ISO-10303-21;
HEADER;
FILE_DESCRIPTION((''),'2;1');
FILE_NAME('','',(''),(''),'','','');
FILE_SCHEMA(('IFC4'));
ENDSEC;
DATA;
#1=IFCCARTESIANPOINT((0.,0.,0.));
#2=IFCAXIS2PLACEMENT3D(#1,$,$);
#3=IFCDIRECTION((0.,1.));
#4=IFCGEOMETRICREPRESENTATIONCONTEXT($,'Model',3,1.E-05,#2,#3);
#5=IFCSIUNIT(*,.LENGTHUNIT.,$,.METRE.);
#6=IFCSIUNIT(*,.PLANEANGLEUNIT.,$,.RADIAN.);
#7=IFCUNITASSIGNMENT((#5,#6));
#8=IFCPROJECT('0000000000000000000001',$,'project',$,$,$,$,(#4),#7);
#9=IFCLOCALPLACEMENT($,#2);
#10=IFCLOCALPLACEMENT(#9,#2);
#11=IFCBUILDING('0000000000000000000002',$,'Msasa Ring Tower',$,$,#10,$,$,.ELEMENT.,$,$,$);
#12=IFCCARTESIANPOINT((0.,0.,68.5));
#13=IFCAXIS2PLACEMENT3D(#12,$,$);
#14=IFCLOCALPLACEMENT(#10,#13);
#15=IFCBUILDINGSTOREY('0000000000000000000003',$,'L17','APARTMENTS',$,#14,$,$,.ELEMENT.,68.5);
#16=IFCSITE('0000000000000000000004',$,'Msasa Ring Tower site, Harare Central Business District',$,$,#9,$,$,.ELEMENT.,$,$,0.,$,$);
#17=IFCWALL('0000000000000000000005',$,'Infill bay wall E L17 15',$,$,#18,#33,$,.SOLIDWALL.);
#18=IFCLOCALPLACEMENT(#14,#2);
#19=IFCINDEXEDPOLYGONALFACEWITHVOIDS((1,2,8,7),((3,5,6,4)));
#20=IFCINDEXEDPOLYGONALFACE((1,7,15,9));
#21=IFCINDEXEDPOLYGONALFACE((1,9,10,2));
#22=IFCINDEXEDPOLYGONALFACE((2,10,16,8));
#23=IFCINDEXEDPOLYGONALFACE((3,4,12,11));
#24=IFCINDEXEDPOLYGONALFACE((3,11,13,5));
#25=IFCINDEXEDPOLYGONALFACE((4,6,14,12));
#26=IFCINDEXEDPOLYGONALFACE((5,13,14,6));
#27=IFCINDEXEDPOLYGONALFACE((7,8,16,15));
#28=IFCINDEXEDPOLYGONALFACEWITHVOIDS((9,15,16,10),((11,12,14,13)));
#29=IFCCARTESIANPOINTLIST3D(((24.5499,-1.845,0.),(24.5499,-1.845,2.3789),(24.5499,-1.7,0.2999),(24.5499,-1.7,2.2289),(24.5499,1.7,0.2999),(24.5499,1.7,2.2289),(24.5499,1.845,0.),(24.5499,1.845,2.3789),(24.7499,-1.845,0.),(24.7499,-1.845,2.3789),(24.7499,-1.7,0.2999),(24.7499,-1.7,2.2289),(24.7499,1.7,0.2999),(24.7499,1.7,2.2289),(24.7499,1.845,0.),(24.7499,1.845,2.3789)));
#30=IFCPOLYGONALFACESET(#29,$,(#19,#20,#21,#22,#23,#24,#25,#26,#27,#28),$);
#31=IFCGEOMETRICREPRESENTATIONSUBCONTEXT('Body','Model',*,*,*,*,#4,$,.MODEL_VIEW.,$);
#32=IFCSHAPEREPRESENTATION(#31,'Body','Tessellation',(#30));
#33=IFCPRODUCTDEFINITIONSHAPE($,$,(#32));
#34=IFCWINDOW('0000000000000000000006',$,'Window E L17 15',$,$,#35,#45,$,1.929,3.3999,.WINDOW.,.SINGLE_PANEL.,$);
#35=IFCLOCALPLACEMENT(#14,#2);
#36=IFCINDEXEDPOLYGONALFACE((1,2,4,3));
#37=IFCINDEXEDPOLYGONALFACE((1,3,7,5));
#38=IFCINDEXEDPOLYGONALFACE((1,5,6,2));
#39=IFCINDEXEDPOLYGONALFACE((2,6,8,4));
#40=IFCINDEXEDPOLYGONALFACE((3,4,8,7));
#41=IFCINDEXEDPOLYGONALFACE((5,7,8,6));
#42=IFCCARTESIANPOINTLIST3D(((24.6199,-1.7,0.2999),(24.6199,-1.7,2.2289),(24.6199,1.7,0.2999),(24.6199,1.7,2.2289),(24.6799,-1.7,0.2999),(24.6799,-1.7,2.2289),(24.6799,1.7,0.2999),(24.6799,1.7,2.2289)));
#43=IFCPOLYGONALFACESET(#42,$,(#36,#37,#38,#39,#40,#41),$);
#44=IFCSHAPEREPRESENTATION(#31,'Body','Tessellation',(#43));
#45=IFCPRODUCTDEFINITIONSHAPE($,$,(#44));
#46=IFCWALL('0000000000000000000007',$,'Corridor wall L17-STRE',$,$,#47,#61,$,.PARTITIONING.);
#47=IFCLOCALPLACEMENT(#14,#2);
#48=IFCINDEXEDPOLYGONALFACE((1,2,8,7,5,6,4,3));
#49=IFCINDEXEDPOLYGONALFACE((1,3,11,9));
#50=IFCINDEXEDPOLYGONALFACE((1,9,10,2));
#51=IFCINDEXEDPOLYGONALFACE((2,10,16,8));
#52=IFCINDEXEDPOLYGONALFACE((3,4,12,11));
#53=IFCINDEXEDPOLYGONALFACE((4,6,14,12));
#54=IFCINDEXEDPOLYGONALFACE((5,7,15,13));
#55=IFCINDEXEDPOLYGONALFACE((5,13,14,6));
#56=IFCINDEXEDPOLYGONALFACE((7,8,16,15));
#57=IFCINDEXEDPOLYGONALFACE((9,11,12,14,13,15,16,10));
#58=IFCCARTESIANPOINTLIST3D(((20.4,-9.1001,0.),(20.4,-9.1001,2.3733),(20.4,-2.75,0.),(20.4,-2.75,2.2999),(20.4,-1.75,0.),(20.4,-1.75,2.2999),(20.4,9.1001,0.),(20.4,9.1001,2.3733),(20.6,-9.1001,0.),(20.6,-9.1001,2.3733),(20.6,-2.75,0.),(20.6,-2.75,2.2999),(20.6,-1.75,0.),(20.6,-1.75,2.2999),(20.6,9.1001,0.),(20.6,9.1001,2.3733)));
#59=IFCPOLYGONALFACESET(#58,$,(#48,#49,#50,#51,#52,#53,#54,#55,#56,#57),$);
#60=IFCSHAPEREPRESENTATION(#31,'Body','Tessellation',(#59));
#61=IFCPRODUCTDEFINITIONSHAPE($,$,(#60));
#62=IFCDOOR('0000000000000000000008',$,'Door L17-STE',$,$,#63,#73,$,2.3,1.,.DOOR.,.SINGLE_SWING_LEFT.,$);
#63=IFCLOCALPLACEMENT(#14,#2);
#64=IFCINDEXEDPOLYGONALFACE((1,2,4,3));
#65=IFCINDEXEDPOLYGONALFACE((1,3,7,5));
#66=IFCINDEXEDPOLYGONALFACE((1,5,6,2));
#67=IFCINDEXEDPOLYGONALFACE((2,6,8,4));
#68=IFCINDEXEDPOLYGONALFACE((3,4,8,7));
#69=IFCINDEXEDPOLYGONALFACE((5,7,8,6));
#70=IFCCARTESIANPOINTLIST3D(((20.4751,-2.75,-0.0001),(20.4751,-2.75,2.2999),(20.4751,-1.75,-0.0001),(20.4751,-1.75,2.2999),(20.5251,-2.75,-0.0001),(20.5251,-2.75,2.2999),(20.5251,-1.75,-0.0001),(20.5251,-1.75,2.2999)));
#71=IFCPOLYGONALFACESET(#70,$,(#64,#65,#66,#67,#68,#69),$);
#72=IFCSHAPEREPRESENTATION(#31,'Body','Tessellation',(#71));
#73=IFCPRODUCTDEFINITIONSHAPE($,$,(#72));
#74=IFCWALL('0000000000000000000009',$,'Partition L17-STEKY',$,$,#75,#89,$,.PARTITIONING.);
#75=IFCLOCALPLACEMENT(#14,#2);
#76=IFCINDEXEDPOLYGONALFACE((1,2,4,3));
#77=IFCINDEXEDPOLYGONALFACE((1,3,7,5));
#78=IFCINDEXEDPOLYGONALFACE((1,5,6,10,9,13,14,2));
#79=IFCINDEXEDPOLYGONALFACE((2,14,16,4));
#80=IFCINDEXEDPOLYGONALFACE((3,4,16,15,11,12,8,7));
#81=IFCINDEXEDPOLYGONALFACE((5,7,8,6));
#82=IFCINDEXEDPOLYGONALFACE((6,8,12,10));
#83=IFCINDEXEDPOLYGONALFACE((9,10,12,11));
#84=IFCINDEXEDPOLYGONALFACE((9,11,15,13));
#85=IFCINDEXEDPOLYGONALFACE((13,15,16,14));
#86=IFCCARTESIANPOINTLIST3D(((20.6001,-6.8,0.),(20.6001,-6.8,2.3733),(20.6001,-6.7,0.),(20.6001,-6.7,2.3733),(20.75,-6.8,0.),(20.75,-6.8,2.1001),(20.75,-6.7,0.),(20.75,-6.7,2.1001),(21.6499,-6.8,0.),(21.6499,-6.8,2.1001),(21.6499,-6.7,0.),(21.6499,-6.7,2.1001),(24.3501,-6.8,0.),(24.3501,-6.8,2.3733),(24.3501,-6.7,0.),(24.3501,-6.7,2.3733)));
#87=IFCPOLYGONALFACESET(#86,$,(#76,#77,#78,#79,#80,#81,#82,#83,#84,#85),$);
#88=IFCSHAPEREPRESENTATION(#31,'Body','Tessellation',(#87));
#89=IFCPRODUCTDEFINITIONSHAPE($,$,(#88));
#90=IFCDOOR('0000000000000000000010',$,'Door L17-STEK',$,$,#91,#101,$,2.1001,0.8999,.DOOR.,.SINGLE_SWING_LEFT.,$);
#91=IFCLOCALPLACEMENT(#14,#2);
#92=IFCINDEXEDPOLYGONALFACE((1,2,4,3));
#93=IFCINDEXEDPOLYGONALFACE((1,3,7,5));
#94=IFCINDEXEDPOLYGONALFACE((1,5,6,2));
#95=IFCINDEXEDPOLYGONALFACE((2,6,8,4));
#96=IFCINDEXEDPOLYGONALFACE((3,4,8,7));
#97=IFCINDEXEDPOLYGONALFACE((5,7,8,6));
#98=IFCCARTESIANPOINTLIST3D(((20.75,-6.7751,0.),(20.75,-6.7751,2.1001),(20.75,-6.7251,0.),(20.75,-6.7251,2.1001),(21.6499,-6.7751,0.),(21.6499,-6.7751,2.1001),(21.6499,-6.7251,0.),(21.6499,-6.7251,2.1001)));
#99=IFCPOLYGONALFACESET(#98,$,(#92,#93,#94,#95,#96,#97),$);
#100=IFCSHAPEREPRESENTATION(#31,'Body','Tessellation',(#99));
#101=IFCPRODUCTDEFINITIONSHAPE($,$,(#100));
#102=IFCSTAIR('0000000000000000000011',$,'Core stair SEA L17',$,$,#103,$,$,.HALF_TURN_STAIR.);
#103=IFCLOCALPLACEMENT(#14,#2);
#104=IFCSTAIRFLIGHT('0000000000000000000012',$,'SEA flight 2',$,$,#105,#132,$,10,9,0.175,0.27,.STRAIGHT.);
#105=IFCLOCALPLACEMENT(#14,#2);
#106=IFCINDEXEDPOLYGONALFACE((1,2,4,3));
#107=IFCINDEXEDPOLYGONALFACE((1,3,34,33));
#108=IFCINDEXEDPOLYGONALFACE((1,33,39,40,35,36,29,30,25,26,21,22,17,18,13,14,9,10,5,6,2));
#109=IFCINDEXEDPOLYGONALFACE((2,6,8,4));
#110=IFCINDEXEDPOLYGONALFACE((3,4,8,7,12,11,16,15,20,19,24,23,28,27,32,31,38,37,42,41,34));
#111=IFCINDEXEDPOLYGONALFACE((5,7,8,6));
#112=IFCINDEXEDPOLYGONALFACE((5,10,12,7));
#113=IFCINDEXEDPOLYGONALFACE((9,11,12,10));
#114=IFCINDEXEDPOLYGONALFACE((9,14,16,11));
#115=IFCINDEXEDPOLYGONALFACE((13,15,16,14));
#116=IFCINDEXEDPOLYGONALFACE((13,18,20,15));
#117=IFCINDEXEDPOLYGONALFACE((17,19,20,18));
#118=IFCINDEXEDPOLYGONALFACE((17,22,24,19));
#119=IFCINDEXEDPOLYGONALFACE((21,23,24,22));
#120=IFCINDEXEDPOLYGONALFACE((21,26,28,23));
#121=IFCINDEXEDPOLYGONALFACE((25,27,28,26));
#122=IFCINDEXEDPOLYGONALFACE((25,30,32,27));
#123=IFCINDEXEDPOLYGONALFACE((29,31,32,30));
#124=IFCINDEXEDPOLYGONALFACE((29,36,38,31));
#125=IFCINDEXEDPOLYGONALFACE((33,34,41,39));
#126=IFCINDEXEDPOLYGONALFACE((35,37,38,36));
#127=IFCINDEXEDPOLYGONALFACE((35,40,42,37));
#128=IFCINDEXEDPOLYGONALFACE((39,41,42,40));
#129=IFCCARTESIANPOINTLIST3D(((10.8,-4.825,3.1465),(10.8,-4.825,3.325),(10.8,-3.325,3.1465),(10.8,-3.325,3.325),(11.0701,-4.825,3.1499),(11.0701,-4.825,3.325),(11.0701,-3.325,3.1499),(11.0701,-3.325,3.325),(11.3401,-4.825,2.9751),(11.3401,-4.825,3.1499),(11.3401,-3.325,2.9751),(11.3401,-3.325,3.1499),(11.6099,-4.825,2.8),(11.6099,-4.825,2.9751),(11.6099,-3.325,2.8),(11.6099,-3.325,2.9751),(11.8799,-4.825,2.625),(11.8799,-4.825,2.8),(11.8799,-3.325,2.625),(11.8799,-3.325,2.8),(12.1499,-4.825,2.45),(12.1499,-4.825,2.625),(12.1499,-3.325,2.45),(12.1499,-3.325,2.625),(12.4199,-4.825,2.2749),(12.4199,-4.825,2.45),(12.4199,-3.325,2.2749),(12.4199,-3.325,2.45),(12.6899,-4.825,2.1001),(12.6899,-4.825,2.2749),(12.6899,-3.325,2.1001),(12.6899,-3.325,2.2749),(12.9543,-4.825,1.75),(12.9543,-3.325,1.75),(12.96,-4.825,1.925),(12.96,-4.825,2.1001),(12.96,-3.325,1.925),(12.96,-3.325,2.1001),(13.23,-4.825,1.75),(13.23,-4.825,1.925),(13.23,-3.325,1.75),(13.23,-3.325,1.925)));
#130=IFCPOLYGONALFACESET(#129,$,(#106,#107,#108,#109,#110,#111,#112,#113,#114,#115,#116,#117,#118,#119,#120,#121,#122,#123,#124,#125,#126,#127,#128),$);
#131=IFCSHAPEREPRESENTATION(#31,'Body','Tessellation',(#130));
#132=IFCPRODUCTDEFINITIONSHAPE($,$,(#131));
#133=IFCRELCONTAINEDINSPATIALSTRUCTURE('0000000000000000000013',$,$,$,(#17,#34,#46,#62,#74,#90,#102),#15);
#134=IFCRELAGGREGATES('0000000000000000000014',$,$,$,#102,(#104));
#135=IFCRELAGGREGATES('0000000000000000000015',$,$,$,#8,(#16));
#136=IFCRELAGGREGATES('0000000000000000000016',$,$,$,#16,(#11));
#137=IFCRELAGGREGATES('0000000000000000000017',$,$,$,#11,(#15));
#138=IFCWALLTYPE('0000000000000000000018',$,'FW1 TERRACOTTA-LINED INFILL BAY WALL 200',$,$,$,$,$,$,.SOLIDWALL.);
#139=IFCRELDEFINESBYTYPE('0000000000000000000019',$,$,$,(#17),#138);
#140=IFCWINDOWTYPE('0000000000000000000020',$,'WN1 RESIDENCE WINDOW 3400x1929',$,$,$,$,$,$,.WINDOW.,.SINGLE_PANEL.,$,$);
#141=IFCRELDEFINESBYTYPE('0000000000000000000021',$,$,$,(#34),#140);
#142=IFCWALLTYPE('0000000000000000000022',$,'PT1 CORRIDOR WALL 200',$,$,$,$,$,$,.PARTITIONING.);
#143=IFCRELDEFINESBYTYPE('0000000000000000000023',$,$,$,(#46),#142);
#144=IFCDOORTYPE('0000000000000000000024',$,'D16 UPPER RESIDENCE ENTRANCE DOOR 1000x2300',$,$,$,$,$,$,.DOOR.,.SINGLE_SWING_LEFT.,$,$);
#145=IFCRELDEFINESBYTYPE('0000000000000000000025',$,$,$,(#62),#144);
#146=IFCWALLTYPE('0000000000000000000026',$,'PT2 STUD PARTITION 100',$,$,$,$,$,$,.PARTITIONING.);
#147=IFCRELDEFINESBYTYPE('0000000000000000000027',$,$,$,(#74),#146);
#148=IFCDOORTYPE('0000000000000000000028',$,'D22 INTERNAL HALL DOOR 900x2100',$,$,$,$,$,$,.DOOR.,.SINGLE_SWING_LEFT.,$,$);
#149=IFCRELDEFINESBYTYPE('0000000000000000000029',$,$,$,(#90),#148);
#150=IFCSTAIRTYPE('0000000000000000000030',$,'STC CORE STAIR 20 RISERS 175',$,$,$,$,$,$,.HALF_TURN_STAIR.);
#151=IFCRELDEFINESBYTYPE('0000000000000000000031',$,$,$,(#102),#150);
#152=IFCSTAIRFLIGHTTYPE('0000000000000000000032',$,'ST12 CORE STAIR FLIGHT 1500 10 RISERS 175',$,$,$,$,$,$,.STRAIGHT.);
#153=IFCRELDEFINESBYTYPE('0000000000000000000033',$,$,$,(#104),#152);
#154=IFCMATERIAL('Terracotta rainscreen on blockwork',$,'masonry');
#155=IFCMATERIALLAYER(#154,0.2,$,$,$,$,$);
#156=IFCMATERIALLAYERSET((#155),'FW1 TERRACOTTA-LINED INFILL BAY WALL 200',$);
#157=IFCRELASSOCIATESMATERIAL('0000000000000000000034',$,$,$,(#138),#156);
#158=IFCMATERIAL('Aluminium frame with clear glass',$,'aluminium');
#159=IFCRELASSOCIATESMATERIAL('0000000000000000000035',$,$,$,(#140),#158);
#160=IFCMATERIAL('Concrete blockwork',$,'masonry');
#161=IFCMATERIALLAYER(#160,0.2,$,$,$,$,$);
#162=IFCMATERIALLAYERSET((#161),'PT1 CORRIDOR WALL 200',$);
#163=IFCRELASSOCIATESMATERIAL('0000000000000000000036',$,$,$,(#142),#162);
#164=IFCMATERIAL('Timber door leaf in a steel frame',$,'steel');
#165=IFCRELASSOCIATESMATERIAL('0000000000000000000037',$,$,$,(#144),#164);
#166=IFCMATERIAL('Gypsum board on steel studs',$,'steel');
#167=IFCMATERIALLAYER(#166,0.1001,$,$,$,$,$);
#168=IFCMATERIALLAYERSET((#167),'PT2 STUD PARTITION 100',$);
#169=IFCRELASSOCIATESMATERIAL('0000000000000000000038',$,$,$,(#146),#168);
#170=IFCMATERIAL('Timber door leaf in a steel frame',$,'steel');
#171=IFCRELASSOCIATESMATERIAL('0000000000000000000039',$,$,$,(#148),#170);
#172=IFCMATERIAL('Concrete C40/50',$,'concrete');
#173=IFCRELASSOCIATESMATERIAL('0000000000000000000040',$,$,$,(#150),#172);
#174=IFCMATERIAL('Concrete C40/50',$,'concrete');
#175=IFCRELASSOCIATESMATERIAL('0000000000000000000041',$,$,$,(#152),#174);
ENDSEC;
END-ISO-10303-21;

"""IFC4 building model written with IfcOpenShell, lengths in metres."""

from ifc_helpers import new_model, si_unit, direction, frame, frame_2d, origin, place, context, subcontext, project, spatial, polyline, rectangle, outline, extrude, material, layer, layer_set, type_object, element, fill, aggregate, save


model = new_model("IFC4")

# Units and contexts
model_context = context("Model", 3, precision=1e-05, world=origin(), true_north=direction((0.0, 1.0)))
body_context = subcontext(model_context, "Body", "Model", "MODEL_VIEW")
ifc_project = project(units=[si_unit("LENGTHUNIT", "METRE"), si_unit("PLANEANGLEUNIT", "RADIAN")], contexts=[model_context])

# Site, building, storey
site_placement = place(None, origin())
site = spatial("IfcSite", under=ifc_project, at=site_placement, Name="Msasa Ring Tower site, Harare Central Business District", CompositionType="ELEMENT", RefElevation=0.0)
building_placement = place(site_placement, origin())
building = spatial("IfcBuilding", under=site, at=building_placement, Name="Msasa Ring Tower", CompositionType="ELEMENT")
storey_placement = place(building_placement, frame((0.0, 0.0, 68.5)))
storey = spatial("IfcBuildingStorey", under=building, at=storey_placement, Name="L17", Description="APARTMENTS", CompositionType="ELEMENT", Elevation=68.5)

# Wall, opening, window
ifc_material_1 = material(Name="Terracotta rainscreen on blockwork", Category="masonry")
ifc_layer_1 = layer(ifc_material_1, 0.2)
ifc_layer_set_1 = layer_set([ifc_layer_1], Name="FW1 TERRACOTTA-LINED INFILL BAY WALL 200")
wall_type_1 = type_object("IfcWallType", Name="FW1 TERRACOTTA-LINED INFILL BAY WALL 200", PredefinedType="SOLIDWALL", material=ifc_layer_set_1)
ifc_material_2 = material(Name="Aluminium frame with clear glass", Category="aluminium")
window_type = type_object("IfcWindowType", Name="WN1 RESIDENCE WINDOW 3400x1929", PartitioningType="SINGLE_PANEL", PredefinedType="WINDOW", material=ifc_material_2)
wall_1_placement = place(storey_placement, frame((24.6499, -1.845, 0.0), z_axis=(0.0, 0.0, 1.0), x_axis=(0.0, 1.0, 0.0)))
wall_1 = element("IfcWall", 1, at=wall_1_placement, inside=storey, type_object=wall_type_1, Name="Infill bay wall E L17 15", PredefinedType="SOLIDWALL", context=body_context, shape_type="SweptSolid", body=[
    extrude(rectangle(XDim=3.6899, YDim=0.2, at=frame_2d((1.845, 0.0))), origin(), (0.0, 0.0, 1.0), 2.3789),
])
opening_1_placement = place(wall_1_placement, frame((0.145, 0.0, 0.3)))
opening_1 = element("IfcOpeningElement", 2, at=opening_1_placement, cuts=wall_1, PredefinedType="OPENING", context=body_context, shape_type="SweptSolid", body=[
    extrude(rectangle(XDim=3.3999, YDim=1.929, at=frame_2d((1.7, 0.9644))), frame((0.0, 0.1099, 0.0), z_axis=(0.0, -1.0, 0.0), x_axis=(1.0, 0.0, 0.0)), (0.0, 0.0, 1.0), 0.22),
])
window_1_placement = place(opening_1_placement, origin())
window_1 = element("IfcWindow", 3, at=window_1_placement, inside=storey, type_object=window_type, Name="Window E L17 15", OverallHeight=1.929, OverallWidth=3.3999, PartitioningType="SINGLE_PANEL", PredefinedType="WINDOW", context=body_context, shape_type="SweptSolid", body=[
    extrude(rectangle(XDim=3.3999, YDim=1.929, at=frame_2d((1.7, 0.9644))), frame((0.0, 0.03, 0.0), z_axis=(0.0, -1.0, 0.0), x_axis=(1.0, 0.0, 0.0)), (0.0, 0.0, 1.0), 0.0601),
])
fill(opening_1, window_1)

# Walls, openings, doors
ifc_material_3 = material(Name="Concrete blockwork", Category="masonry")
ifc_layer_2 = layer(ifc_material_3, 0.2)
ifc_layer_set_2 = layer_set([ifc_layer_2], Name="PT1 CORRIDOR WALL 200")
wall_type_2 = type_object("IfcWallType", Name="PT1 CORRIDOR WALL 200", PredefinedType="PARTITIONING", material=ifc_layer_set_2)
wall_2_placement = place(storey_placement, frame((20.5, -9.1001, 0.0), z_axis=(0.0, 0.0, 1.0), x_axis=(0.0, 1.0, 0.0)))
wall_2 = element("IfcWall", 4, at=wall_2_placement, inside=storey, type_object=wall_type_2, Name="Corridor wall L17-STRE", PredefinedType="PARTITIONING", context=body_context, shape_type="SweptSolid", body=[
    extrude(rectangle(XDim=18.2002, YDim=0.2, at=frame_2d((9.1001, 0.0))), origin(), (0.0, 0.0, 1.0), 2.3733),
])
opening_2_placement = place(wall_2_placement, frame((6.3501, 0.0, 0.0)))
opening_2 = element("IfcOpeningElement", 5, at=opening_2_placement, cuts=wall_2, PredefinedType="OPENING", context=body_context, shape_type="SweptSolid", body=[
    extrude(rectangle(XDim=1.0, YDim=2.3, at=frame_2d((0.5, 1.1499))), frame((0.0, 0.1099, 0.0), z_axis=(0.0, -1.0, 0.0), x_axis=(1.0, 0.0, 0.0)), (0.0, 0.0, 1.0), 0.22),
])
ifc_material_4 = material(Name="Timber door leaf in a steel frame", Category="steel")
door_type_1 = type_object("IfcDoorType", Name="D16 UPPER RESIDENCE ENTRANCE DOOR 1000x2300", OperationType="SINGLE_SWING_LEFT", PredefinedType="DOOR", material=ifc_material_4)
door_1_placement = place(opening_2_placement, origin())
door_1 = element("IfcDoor", 6, at=door_1_placement, inside=storey, type_object=door_type_1, Name="Door L17-STE", OperationType="SINGLE_SWING_LEFT", OverallHeight=2.3, OverallWidth=1.0, PredefinedType="DOOR", context=body_context, shape_type="SweptSolid", body=[
    extrude(rectangle(XDim=1.0, YDim=2.3, at=frame_2d((0.5, 1.1499))), frame((0.0, 0.0249, 0.0), z_axis=(0.0, -1.0, 0.0), x_axis=(1.0, 0.0, 0.0)), (0.0, 0.0, 1.0), 0.05),
])
fill(opening_2, door_1)
ifc_material_5 = material(Name="Gypsum board on steel studs", Category="steel")
ifc_layer_3 = layer(ifc_material_5, 0.1001)
ifc_layer_set_3 = layer_set([ifc_layer_3], Name="PT2 STUD PARTITION 100")
wall_type_3 = type_object("IfcWallType", Name="PT2 STUD PARTITION 100", PredefinedType="PARTITIONING", material=ifc_layer_set_3)
wall_3_placement = place(storey_placement, frame((20.6001, -6.75, 0.0), z_axis=(0.0, 0.0, 1.0), x_axis=(1.0, 0.0, 0.0)))
wall_3 = element("IfcWall", 7, at=wall_3_placement, inside=storey, type_object=wall_type_3, Name="Partition L17-STEKY", PredefinedType="PARTITIONING", context=body_context, shape_type="SweptSolid", body=[
    extrude(rectangle(XDim=3.75, YDim=0.1001, at=frame_2d((1.875, 0.0))), origin(), (0.0, 0.0, 1.0), 2.3733),
])
opening_3_placement = place(wall_3_placement, frame((0.1499, 0.0, 0.0)))
opening_3 = element("IfcOpeningElement", 8, at=opening_3_placement, cuts=wall_3, PredefinedType="OPENING", context=body_context, shape_type="SweptSolid", body=[
    extrude(rectangle(XDim=0.8999, YDim=2.1001, at=frame_2d((0.45, 1.05))), frame((0.0, 0.0601, 0.0), z_axis=(0.0, -1.0, 0.0), x_axis=(1.0, 0.0, 0.0)), (0.0, 0.0, 1.0), 0.1201),
])
ifc_material_6 = material(Name="Timber door leaf in a steel frame", Category="steel")
door_type_2 = type_object("IfcDoorType", Name="D22 INTERNAL HALL DOOR 900x2100", OperationType="SINGLE_SWING_LEFT", PredefinedType="DOOR", material=ifc_material_6)
door_2_placement = place(opening_3_placement, origin())
door_2 = element("IfcDoor", 9, at=door_2_placement, inside=storey, type_object=door_type_2, Name="Door L17-STEK", OperationType="SINGLE_SWING_LEFT", OverallHeight=2.1001, OverallWidth=0.8999, PredefinedType="DOOR", context=body_context, shape_type="SweptSolid", body=[
    extrude(rectangle(XDim=0.8999, YDim=2.1001, at=frame_2d((0.45, 1.05))), frame((0.0, 0.0249, 0.0), z_axis=(0.0, -1.0, 0.0), x_axis=(1.0, 0.0, 0.0)), (0.0, 0.0, 1.0), 0.05),
])
fill(opening_3, door_2)

# Stair, stair flight
ifc_material_7 = material(Name="Concrete C40/50", Category="concrete")
stair_type = type_object("IfcStairType", Name="STC CORE STAIR 20 RISERS 175", PredefinedType="HALF_TURN_STAIR", material=ifc_material_7)
stair_placement = place(storey_placement, origin())
stair = element("IfcStair", 10, at=stair_placement, inside=storey, type_object=stair_type, Name="Core stair SEA L17", PredefinedType="HALF_TURN_STAIR")
ifc_material_8 = material(Name="Concrete C40/50", Category="concrete")
stair_flight_type = type_object("IfcStairFlightType", Name="ST12 CORE STAIR FLIGHT 1500 10 RISERS 175", PredefinedType="STRAIGHT", material=ifc_material_8)
stair_flight_placement = place(storey_placement, frame((13.23, -4.075, 1.75), z_axis=(0.0, 0.0, 1.0), x_axis=(-1.0, 0.0, 0.0)))
stair_flight = element("IfcStairFlight", 11, at=stair_flight_placement, type_object=stair_flight_type, Name="SEA flight 2", NumberOfRisers=10, NumberOfTreads=9, PredefinedType="STRAIGHT", RiserHeight=0.175, TreadLength=0.27, context=body_context, shape_type="SweptSolid", body=[
    extrude(outline(polyline([(0.0, 0.0), (0.0, 0.175), (0.27, 0.175), (0.27, 0.3501), (0.54, 0.3501), (0.54, 0.5249), (0.8101, 0.5249), (0.8101, 0.7), (1.0801, 0.7), (1.0801, 0.875), (1.3501, 0.875), (1.3501, 1.05), (1.6201, 1.05), (1.6201, 1.2251), (1.8899, 1.2251), (1.8899, 1.3999), (2.1599, 1.3999), (2.1599, 1.575), (2.4299, 1.575), (2.4299, 1.75), (2.4299, 1.3965), (0.2756, 0.0), (0.0, 0.0)])), frame((0.0, 0.75, 0.0), z_axis=(0.0, -1.0, 0.0), x_axis=(1.0, 0.0, 0.0)), (0.0, 0.0, 1.0), 1.5),
])
aggregate(stair, [stair_flight])

save(model, "model.ifc")
